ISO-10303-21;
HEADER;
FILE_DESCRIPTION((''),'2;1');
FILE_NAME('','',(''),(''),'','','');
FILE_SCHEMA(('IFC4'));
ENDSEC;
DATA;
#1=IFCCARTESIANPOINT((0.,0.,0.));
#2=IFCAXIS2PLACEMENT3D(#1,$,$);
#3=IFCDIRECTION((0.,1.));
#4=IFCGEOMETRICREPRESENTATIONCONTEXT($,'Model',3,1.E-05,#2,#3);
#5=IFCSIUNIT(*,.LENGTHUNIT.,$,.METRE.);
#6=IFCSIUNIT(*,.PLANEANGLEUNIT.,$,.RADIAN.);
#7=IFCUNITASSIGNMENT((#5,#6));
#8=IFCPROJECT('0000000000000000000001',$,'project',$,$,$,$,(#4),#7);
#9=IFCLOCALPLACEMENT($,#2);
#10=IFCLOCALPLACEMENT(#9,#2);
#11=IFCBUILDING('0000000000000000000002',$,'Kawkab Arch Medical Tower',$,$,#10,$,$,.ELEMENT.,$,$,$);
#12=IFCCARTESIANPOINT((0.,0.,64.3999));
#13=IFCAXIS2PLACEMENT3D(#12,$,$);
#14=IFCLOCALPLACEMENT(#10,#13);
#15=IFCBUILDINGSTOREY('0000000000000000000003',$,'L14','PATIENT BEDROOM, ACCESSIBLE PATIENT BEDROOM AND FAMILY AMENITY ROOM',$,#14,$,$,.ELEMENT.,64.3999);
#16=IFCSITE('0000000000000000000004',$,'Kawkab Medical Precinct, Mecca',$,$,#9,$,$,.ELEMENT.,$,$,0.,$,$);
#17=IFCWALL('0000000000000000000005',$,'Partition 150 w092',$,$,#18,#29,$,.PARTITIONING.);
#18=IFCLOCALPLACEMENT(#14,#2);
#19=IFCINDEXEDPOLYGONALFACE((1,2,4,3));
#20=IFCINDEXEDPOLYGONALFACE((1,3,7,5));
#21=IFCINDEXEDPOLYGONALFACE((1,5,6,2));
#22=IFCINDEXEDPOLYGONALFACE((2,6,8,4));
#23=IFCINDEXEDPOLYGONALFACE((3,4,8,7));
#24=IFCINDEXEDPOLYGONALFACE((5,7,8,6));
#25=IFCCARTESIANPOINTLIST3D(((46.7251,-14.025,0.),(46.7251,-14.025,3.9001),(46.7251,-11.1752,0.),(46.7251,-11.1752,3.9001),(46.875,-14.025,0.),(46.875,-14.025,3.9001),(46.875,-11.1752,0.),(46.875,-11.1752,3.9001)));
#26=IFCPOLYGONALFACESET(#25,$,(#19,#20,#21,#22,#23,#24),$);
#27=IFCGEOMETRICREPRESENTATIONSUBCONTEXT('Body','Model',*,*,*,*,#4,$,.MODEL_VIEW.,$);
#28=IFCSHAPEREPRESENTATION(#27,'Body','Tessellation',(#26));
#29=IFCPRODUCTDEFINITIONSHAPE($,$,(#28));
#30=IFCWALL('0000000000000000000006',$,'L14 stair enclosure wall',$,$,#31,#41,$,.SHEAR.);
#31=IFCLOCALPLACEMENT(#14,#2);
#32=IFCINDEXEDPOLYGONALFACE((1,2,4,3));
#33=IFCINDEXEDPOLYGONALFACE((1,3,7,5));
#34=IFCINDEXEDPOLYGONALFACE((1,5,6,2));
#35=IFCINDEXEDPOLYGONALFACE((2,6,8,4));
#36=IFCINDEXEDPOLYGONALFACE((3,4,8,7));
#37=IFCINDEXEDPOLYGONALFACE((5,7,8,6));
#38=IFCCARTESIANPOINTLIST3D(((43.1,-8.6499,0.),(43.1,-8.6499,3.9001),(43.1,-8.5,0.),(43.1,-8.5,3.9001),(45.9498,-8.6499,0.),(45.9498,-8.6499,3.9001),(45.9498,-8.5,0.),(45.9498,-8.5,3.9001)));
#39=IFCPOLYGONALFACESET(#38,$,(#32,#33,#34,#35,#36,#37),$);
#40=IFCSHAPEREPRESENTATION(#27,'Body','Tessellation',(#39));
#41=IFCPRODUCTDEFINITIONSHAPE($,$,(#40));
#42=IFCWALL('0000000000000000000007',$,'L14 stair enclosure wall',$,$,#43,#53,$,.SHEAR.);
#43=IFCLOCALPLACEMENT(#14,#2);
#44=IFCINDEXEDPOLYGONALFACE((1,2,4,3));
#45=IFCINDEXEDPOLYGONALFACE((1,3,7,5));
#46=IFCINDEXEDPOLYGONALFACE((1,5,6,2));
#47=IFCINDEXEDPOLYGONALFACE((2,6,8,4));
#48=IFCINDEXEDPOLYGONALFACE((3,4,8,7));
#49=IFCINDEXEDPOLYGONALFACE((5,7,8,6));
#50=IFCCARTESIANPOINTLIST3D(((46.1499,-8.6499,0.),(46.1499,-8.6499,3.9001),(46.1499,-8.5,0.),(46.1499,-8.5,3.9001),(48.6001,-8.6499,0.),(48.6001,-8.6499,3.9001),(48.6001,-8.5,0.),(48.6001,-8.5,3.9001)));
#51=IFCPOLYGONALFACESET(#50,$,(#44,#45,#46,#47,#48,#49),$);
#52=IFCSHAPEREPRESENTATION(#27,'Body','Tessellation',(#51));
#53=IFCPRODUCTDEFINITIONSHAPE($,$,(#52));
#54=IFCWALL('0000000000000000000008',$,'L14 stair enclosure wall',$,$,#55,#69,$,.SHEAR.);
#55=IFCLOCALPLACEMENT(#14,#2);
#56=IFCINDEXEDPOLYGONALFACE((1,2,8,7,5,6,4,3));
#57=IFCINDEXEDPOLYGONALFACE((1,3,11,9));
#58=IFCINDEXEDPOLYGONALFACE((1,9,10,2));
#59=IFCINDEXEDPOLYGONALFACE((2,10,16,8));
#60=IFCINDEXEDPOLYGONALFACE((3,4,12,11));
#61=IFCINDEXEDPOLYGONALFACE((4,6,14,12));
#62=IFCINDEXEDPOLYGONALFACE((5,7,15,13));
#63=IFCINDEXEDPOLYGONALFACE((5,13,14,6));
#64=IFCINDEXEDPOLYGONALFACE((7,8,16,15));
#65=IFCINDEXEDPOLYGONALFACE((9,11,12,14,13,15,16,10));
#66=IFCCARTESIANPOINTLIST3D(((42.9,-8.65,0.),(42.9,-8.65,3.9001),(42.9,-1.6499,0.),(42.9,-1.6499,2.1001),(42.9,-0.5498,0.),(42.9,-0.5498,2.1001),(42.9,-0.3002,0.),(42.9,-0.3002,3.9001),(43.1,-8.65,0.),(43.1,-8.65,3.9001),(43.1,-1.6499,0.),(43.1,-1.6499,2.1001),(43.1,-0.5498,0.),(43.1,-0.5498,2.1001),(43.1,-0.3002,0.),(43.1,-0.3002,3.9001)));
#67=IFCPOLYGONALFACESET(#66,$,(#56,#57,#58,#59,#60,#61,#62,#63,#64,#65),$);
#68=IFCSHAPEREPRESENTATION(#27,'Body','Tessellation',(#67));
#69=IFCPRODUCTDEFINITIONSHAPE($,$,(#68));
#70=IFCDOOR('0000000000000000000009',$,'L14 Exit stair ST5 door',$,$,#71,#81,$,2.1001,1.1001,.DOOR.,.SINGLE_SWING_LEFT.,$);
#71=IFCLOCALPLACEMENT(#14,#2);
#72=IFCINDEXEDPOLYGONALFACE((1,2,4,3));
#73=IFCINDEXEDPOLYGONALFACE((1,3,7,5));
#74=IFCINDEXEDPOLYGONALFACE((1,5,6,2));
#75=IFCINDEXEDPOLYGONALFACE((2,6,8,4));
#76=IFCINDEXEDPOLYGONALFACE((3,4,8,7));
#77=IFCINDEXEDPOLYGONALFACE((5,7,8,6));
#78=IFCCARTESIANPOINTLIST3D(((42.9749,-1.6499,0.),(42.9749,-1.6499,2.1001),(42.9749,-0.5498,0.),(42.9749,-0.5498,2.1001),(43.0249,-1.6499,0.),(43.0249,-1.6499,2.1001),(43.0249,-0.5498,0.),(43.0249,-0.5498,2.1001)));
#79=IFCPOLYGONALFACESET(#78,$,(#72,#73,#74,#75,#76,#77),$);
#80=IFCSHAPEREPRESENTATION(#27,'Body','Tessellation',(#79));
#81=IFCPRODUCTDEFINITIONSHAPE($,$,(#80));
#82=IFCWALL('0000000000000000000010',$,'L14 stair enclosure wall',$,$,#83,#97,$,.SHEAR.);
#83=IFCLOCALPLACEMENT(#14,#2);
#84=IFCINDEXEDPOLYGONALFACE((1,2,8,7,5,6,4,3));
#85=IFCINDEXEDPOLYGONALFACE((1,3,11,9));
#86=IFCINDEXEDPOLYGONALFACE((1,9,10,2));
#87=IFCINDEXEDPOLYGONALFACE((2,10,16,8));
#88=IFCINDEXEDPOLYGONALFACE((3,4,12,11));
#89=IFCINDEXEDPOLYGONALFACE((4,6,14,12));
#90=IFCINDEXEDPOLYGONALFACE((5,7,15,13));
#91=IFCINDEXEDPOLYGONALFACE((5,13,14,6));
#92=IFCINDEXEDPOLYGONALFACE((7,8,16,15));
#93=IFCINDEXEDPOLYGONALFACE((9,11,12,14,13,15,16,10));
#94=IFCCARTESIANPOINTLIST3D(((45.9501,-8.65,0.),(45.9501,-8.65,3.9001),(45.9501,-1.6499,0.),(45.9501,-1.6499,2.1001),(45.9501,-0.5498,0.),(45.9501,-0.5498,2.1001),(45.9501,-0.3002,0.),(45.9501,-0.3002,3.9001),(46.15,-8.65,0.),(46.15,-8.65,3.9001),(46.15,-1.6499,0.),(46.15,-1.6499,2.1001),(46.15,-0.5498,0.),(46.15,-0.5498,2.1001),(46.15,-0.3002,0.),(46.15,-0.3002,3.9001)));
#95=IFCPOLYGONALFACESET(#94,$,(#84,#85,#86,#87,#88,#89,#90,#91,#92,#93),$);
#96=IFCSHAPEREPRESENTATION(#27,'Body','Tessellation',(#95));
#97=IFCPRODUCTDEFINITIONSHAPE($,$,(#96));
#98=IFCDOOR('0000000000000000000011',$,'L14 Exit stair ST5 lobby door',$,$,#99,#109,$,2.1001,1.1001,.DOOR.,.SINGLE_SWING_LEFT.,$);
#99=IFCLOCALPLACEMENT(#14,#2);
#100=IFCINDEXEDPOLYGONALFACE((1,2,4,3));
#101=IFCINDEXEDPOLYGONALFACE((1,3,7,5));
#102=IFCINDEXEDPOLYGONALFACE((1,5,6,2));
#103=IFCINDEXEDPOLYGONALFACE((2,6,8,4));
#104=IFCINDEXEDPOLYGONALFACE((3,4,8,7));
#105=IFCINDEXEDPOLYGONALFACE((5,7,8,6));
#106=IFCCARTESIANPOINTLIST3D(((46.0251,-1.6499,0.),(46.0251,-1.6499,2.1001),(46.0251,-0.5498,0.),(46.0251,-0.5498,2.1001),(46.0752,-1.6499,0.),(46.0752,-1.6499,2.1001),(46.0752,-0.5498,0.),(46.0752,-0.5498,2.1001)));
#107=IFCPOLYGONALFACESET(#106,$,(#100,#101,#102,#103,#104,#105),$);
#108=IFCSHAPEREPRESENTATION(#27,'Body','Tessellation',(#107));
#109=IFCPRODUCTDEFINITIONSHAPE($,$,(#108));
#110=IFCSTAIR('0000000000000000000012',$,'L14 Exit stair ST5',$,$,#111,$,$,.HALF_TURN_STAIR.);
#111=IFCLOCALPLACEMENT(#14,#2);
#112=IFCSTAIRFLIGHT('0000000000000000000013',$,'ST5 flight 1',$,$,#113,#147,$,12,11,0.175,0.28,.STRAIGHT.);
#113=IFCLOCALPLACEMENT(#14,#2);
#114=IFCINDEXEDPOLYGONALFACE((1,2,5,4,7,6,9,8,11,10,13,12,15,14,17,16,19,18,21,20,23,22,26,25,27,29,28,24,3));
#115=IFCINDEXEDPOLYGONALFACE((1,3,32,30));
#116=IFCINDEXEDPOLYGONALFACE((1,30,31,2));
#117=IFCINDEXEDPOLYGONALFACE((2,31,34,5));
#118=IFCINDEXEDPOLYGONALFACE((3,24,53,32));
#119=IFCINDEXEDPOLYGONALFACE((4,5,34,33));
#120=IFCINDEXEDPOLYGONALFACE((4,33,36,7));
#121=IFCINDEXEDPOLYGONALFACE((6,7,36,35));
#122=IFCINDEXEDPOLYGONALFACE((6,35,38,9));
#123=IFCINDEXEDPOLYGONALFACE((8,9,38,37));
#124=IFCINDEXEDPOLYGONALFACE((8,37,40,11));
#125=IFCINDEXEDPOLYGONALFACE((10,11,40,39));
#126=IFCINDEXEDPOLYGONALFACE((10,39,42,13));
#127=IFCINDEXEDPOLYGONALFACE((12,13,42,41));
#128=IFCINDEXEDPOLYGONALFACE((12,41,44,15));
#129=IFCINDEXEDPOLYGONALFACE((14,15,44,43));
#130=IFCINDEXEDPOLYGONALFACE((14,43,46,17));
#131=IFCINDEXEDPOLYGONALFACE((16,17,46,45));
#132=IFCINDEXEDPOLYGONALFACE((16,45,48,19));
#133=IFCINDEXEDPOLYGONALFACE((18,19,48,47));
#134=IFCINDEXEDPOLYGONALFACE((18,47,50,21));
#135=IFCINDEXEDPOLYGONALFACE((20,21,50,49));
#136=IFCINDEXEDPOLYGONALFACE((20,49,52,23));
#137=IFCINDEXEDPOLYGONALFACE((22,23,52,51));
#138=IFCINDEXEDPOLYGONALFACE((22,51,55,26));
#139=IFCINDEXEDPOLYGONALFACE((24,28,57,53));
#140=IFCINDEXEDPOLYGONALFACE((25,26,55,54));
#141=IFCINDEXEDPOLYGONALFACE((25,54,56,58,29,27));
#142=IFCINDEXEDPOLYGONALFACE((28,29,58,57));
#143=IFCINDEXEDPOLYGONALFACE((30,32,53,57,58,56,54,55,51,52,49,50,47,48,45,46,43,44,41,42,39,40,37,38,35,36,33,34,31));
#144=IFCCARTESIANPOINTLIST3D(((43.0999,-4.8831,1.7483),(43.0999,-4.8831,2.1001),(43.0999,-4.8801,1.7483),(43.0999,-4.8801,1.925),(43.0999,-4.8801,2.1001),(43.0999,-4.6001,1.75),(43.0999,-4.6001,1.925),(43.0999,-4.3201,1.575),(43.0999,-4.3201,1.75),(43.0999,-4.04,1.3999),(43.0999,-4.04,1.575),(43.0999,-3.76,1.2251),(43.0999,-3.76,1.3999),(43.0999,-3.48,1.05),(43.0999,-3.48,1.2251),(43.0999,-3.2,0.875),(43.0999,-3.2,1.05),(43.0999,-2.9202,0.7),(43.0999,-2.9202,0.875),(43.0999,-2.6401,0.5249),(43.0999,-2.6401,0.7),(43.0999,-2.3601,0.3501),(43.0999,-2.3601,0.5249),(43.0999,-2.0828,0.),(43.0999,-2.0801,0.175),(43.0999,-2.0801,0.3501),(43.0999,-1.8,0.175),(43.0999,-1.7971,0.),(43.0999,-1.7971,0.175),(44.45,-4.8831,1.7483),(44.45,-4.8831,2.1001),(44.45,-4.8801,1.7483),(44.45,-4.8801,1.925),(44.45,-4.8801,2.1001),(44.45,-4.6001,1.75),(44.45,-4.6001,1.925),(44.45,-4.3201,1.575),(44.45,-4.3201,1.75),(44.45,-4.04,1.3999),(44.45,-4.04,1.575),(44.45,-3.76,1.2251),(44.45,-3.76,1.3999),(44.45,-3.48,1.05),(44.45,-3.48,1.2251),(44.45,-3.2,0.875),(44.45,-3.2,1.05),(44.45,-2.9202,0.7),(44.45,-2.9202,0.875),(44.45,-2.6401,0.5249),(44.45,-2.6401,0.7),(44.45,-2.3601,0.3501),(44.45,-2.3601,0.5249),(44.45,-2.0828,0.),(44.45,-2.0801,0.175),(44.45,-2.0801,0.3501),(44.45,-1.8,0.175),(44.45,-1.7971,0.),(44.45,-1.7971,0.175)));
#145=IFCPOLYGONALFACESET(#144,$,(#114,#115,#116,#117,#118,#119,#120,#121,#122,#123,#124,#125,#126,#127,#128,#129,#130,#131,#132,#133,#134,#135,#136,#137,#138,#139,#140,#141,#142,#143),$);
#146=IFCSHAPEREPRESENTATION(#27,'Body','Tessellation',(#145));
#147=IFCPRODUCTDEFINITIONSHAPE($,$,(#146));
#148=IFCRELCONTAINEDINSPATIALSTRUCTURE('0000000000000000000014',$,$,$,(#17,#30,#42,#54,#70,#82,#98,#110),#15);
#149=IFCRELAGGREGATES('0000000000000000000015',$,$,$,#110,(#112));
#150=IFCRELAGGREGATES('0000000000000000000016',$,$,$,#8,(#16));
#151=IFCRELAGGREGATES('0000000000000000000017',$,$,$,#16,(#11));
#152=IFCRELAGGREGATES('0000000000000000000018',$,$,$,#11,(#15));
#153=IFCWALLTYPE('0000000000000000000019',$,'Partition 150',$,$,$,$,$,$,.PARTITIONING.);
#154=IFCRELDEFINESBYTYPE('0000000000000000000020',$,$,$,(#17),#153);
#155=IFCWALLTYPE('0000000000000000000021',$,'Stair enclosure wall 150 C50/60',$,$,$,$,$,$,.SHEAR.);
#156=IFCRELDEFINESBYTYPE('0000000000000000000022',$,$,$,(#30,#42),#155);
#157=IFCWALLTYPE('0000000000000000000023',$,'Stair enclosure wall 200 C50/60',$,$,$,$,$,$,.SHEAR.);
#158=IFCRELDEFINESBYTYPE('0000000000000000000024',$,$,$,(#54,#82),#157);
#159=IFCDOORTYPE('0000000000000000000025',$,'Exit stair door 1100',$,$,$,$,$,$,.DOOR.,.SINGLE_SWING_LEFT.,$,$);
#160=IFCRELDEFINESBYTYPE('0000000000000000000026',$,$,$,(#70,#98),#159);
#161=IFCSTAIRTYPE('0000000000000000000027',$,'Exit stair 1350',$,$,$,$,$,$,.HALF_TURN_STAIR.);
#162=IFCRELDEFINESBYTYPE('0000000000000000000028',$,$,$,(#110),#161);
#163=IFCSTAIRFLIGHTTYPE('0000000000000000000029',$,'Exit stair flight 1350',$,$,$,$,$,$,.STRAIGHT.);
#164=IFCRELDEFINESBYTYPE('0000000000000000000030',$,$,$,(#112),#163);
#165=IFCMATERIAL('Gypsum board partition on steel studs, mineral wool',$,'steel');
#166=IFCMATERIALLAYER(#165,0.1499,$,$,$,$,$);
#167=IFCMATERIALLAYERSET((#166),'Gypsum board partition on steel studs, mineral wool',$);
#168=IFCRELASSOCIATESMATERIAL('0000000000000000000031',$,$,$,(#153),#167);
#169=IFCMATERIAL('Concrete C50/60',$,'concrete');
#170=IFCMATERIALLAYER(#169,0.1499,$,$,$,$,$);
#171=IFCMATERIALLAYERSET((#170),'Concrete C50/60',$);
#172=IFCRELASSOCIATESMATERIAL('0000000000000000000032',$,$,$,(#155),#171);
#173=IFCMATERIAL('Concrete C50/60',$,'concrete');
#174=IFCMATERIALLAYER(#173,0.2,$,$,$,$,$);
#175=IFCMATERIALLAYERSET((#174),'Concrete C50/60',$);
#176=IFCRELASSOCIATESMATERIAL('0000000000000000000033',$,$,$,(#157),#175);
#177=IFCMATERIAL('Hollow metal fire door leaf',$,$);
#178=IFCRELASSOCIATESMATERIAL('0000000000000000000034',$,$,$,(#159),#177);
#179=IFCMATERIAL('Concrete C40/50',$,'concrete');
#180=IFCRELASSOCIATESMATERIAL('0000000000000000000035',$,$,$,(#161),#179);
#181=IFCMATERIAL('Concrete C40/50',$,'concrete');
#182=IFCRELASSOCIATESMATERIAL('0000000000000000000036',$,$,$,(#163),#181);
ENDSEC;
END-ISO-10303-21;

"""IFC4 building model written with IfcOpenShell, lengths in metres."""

from ifc_helpers import new_model, si_unit, direction, frame, frame_2d, origin, place, context, subcontext, project, spatial, polyline, rectangle, outline, extrude, material, layer, layer_set, type_object, element, fill, aggregate, save


model = new_model("IFC4")

# Units and contexts
model_context = context("Model", 3, precision=1e-05, world=origin(), true_north=direction((0.0, 1.0)))
body_context = subcontext(model_context, "Body", "Model", "MODEL_VIEW")
ifc_project = project(units=[si_unit("LENGTHUNIT", "METRE"), si_unit("PLANEANGLEUNIT", "RADIAN")], contexts=[model_context])

# Site, building, storey
site_placement = place(None, origin())
site = spatial("IfcSite", under=ifc_project, at=site_placement, Name="Kawkab Medical Precinct, Mecca", CompositionType="ELEMENT", RefElevation=0.0)
building_placement = place(site_placement, origin())
building = spatial("IfcBuilding", under=site, at=building_placement, Name="Kawkab Arch Medical Tower", CompositionType="ELEMENT")
storey_placement = place(building_placement, frame((0.0, 0.0, 64.3999)))
storey = spatial("IfcBuildingStorey", under=building, at=storey_placement, Name="L14", Description="PATIENT BEDROOM, ACCESSIBLE PATIENT BEDROOM AND FAMILY AMENITY ROOM", CompositionType="ELEMENT", Elevation=64.3999)

# Shared definitions
ifc_material_1 = material(Name="Gypsum board partition on steel studs, mineral wool", Category="steel")
ifc_layer_1 = layer(ifc_material_1, 0.1499)
ifc_layer_set_1 = layer_set([ifc_layer_1], Name="Gypsum board partition on steel studs, mineral wool")
wall_type_1 = type_object("IfcWallType", Name="Partition 150", PredefinedType="PARTITIONING", material=ifc_layer_set_1)

# Walls
wall_1_placement = place(storey_placement, frame((46.8, -14.0249, 0.0), z_axis=(0.0, 0.0, 1.0), x_axis=(0.0, 1.0, 0.0)))
element("IfcWall", 1, at=wall_1_placement, inside=storey, type_object=wall_type_1, Name="Partition 150 w092", PredefinedType="PARTITIONING", context=body_context, shape_type="SweptSolid", body=[
    extrude(rectangle(XDim=2.8499, YDim=0.1499, at=frame_2d((1.4248, 0.0))), origin(), (0.0, 0.0, 1.0), 3.9001),
])
ifc_material_2 = material(Name="Concrete C50/60", Category="concrete")
ifc_layer_2 = layer(ifc_material_2, 0.1499)
ifc_layer_set_2 = layer_set([ifc_layer_2], Name="Concrete C50/60")
wall_type_2 = type_object("IfcWallType", Name="Stair enclosure wall 150 C50/60", PredefinedType="SHEAR", material=ifc_layer_set_2)
wall_2_placement = place(storey_placement, frame((43.1001, -8.575, 0.0), z_axis=(0.0, 0.0, 1.0), x_axis=(1.0, 0.0, 0.0)))
element("IfcWall", 2, at=wall_2_placement, inside=storey, type_object=wall_type_2, Name="L14 stair enclosure wall", PredefinedType="SHEAR", context=body_context, shape_type="SweptSolid", body=[
    extrude(rectangle(XDim=2.8499, YDim=0.1499, at=frame_2d((1.4248, 0.0))), origin(), (0.0, 0.0, 1.0), 3.9001),
])
wall_3_placement = place(storey_placement, frame((46.1499, -8.575, 0.0), z_axis=(0.0, 0.0, 1.0), x_axis=(1.0, 0.0, 0.0)))
element("IfcWall", 3, at=wall_3_placement, inside=storey, type_object=wall_type_2, Name="L14 stair enclosure wall", PredefinedType="SHEAR", context=body_context, shape_type="SweptSolid", body=[
    extrude(rectangle(XDim=2.4502, YDim=0.1499, at=frame_2d((1.2251, 0.0))), origin(), (0.0, 0.0, 1.0), 3.9001),
])

# Walls, openings, doors
ifc_material_3 = material(Name="Concrete C50/60", Category="concrete")
ifc_layer_3 = layer(ifc_material_3, 0.2)
ifc_layer_set_3 = layer_set([ifc_layer_3], Name="Concrete C50/60")
wall_type_3 = type_object("IfcWallType", Name="Stair enclosure wall 200 C50/60", PredefinedType="SHEAR", material=ifc_layer_set_3)
wall_4_placement = place(storey_placement, frame((43.0, -8.6499, 0.0), z_axis=(0.0, 0.0, 1.0), x_axis=(0.0, 1.0, 0.0)))
wall_4 = element("IfcWall", 4, at=wall_4_placement, inside=storey, type_object=wall_type_3, Name="L14 stair enclosure wall", PredefinedType="SHEAR", context=body_context, shape_type="SweptSolid", body=[
    extrude(rectangle(XDim=8.3499, YDim=0.2, at=frame_2d((4.1748, 0.0))), origin(), (0.0, 0.0, 1.0), 3.9001),
])
opening_1_placement = place(wall_4_placement, frame((7.0, 0.0, 0.0)))
opening_1 = element("IfcOpeningElement", 5, at=opening_1_placement, cuts=wall_4, PredefinedType="OPENING", context=body_context, shape_type="SweptSolid", body=[
    extrude(rectangle(XDim=1.1001, YDim=2.1001, at=frame_2d((0.55, 1.05))), frame((0.0, 0.1099, 0.0), z_axis=(0.0, -1.0, 0.0), x_axis=(1.0, 0.0, 0.0)), (0.0, 0.0, 1.0), 0.22),
])
ifc_material_4 = material(Name="Hollow metal fire door leaf")
door_type_1 = type_object("IfcDoorType", Name="Exit stair door 1100", OperationType="SINGLE_SWING_LEFT", PredefinedType="DOOR", material=ifc_material_4)
door_1_placement = place(opening_1_placement, frame((1.1001, 0.0, 0.0), z_axis=(0.0, 0.0, 1.0), x_axis=(-1.0, 0.0, 0.0)))
door_1 = element("IfcDoor", 6, at=door_1_placement, inside=storey, type_object=door_type_1, Name="L14 Exit stair ST5 door", OperationType="SINGLE_SWING_LEFT", OverallHeight=2.1001, OverallWidth=1.1001, PredefinedType="DOOR", context=body_context, shape_type="SweptSolid", body=[
    extrude(rectangle(XDim=1.1001, YDim=2.1001, at=frame_2d((0.55, 1.05))), frame((0.0, 0.0249, 0.0), z_axis=(0.0, -1.0, 0.0), x_axis=(1.0, 0.0, 0.0)), (0.0, 0.0, 1.0), 0.05),
])
fill(opening_1, door_1)
wall_5_placement = place(storey_placement, frame((46.05, -8.6499, 0.0), z_axis=(0.0, 0.0, 1.0), x_axis=(0.0, 1.0, 0.0)))
wall_5 = element("IfcWall", 7, at=wall_5_placement, inside=storey, type_object=wall_type_3, Name="L14 stair enclosure wall", PredefinedType="SHEAR", context=body_context, shape_type="SweptSolid", body=[
    extrude(rectangle(XDim=8.3499, YDim=0.2, at=frame_2d((4.1748, 0.0))), origin(), (0.0, 0.0, 1.0), 3.9001),
])
opening_2_placement = place(wall_5_placement, frame((7.0, 0.0, 0.0)))
opening_2 = element("IfcOpeningElement", 8, at=opening_2_placement, cuts=wall_5, PredefinedType="OPENING", context=body_context, shape_type="SweptSolid", body=[
    extrude(rectangle(XDim=1.1001, YDim=2.1001, at=frame_2d((0.55, 1.05))), frame((0.0, 0.1099, 0.0), z_axis=(0.0, -1.0, 0.0), x_axis=(1.0, 0.0, 0.0)), (0.0, 0.0, 1.0), 0.22),
])
door_2_placement = place(opening_2_placement, origin())
door_2 = element("IfcDoor", 9, at=door_2_placement, inside=storey, type_object=door_type_1, Name="L14 Exit stair ST5 lobby door", OperationType="SINGLE_SWING_LEFT", OverallHeight=2.1001, OverallWidth=1.1001, PredefinedType="DOOR", context=body_context, shape_type="SweptSolid", body=[
    extrude(rectangle(XDim=1.1001, YDim=2.1001, at=frame_2d((0.55, 1.05))), frame((0.0, 0.0249, 0.0), z_axis=(0.0, -1.0, 0.0), x_axis=(1.0, 0.0, 0.0)), (0.0, 0.0, 1.0), 0.05),
])
fill(opening_2, door_2)

# Stair, stair flight
ifc_material_5 = material(Name="Concrete C40/50", Category="concrete")
stair_type = type_object("IfcStairType", Name="Exit stair 1350", PredefinedType="HALF_TURN_STAIR", material=ifc_material_5)
stair_placement = place(storey_placement, origin())
stair = element("IfcStair", 10, at=stair_placement, inside=storey, type_object=stair_type, Name="L14 Exit stair ST5", PredefinedType="HALF_TURN_STAIR")
ifc_material_6 = material(Name="Concrete C40/50", Category="concrete")
stair_flight_type = type_object("IfcStairFlightType", Name="Exit stair flight 1350", PredefinedType="STRAIGHT", material=ifc_material_6)
stair_flight_1_placement = place(storey_placement, frame((43.7749, -1.8, 0.0), z_axis=(0.0, 0.0, 1.0), x_axis=(0.0, -1.0, 0.0)))
stair_flight_1 = element("IfcStairFlight", 11, at=stair_flight_1_placement, type_object=stair_flight_type, Name="ST5 flight 1", NumberOfRisers=12, NumberOfTreads=11, PredefinedType="STRAIGHT", RiserHeight=0.175, TreadLength=0.28, context=body_context, shape_type="SweptSolid", body=[
    extrude(outline(polyline([(-0.0029, 0.0), (-0.0029, 0.175), (0.0, 0.175), (0.28, 0.175), (0.28, 0.3501), (0.5601, 0.3501), (0.5601, 0.5249), (0.8401, 0.5249), (0.8401, 0.7), (1.1201, 0.7), (1.1201, 0.875), (1.3999, 0.875), (1.3999, 1.05), (1.6799, 1.05), (1.6799, 1.2251), (1.96, 1.2251), (1.96, 1.3999), (2.24, 1.3999), (2.24, 1.575), (2.52, 1.575), (2.52, 1.75), (2.8, 1.75), (2.8, 1.925), (3.0801, 1.925), (3.0801, 2.1001), (3.083, 2.1001), (3.083, 1.7483), (3.0801, 1.7483), (0.2827, 0.0), (-0.0029, 0.0)])), frame((0.0, 0.675, 0.0), z_axis=(0.0, -1.0, 0.0), x_axis=(1.0, 0.0, 0.0)), (0.0, 0.0, 1.0), 1.3501),
])
aggregate(stair, [stair_flight_1])

save(model, "model.ifc")
